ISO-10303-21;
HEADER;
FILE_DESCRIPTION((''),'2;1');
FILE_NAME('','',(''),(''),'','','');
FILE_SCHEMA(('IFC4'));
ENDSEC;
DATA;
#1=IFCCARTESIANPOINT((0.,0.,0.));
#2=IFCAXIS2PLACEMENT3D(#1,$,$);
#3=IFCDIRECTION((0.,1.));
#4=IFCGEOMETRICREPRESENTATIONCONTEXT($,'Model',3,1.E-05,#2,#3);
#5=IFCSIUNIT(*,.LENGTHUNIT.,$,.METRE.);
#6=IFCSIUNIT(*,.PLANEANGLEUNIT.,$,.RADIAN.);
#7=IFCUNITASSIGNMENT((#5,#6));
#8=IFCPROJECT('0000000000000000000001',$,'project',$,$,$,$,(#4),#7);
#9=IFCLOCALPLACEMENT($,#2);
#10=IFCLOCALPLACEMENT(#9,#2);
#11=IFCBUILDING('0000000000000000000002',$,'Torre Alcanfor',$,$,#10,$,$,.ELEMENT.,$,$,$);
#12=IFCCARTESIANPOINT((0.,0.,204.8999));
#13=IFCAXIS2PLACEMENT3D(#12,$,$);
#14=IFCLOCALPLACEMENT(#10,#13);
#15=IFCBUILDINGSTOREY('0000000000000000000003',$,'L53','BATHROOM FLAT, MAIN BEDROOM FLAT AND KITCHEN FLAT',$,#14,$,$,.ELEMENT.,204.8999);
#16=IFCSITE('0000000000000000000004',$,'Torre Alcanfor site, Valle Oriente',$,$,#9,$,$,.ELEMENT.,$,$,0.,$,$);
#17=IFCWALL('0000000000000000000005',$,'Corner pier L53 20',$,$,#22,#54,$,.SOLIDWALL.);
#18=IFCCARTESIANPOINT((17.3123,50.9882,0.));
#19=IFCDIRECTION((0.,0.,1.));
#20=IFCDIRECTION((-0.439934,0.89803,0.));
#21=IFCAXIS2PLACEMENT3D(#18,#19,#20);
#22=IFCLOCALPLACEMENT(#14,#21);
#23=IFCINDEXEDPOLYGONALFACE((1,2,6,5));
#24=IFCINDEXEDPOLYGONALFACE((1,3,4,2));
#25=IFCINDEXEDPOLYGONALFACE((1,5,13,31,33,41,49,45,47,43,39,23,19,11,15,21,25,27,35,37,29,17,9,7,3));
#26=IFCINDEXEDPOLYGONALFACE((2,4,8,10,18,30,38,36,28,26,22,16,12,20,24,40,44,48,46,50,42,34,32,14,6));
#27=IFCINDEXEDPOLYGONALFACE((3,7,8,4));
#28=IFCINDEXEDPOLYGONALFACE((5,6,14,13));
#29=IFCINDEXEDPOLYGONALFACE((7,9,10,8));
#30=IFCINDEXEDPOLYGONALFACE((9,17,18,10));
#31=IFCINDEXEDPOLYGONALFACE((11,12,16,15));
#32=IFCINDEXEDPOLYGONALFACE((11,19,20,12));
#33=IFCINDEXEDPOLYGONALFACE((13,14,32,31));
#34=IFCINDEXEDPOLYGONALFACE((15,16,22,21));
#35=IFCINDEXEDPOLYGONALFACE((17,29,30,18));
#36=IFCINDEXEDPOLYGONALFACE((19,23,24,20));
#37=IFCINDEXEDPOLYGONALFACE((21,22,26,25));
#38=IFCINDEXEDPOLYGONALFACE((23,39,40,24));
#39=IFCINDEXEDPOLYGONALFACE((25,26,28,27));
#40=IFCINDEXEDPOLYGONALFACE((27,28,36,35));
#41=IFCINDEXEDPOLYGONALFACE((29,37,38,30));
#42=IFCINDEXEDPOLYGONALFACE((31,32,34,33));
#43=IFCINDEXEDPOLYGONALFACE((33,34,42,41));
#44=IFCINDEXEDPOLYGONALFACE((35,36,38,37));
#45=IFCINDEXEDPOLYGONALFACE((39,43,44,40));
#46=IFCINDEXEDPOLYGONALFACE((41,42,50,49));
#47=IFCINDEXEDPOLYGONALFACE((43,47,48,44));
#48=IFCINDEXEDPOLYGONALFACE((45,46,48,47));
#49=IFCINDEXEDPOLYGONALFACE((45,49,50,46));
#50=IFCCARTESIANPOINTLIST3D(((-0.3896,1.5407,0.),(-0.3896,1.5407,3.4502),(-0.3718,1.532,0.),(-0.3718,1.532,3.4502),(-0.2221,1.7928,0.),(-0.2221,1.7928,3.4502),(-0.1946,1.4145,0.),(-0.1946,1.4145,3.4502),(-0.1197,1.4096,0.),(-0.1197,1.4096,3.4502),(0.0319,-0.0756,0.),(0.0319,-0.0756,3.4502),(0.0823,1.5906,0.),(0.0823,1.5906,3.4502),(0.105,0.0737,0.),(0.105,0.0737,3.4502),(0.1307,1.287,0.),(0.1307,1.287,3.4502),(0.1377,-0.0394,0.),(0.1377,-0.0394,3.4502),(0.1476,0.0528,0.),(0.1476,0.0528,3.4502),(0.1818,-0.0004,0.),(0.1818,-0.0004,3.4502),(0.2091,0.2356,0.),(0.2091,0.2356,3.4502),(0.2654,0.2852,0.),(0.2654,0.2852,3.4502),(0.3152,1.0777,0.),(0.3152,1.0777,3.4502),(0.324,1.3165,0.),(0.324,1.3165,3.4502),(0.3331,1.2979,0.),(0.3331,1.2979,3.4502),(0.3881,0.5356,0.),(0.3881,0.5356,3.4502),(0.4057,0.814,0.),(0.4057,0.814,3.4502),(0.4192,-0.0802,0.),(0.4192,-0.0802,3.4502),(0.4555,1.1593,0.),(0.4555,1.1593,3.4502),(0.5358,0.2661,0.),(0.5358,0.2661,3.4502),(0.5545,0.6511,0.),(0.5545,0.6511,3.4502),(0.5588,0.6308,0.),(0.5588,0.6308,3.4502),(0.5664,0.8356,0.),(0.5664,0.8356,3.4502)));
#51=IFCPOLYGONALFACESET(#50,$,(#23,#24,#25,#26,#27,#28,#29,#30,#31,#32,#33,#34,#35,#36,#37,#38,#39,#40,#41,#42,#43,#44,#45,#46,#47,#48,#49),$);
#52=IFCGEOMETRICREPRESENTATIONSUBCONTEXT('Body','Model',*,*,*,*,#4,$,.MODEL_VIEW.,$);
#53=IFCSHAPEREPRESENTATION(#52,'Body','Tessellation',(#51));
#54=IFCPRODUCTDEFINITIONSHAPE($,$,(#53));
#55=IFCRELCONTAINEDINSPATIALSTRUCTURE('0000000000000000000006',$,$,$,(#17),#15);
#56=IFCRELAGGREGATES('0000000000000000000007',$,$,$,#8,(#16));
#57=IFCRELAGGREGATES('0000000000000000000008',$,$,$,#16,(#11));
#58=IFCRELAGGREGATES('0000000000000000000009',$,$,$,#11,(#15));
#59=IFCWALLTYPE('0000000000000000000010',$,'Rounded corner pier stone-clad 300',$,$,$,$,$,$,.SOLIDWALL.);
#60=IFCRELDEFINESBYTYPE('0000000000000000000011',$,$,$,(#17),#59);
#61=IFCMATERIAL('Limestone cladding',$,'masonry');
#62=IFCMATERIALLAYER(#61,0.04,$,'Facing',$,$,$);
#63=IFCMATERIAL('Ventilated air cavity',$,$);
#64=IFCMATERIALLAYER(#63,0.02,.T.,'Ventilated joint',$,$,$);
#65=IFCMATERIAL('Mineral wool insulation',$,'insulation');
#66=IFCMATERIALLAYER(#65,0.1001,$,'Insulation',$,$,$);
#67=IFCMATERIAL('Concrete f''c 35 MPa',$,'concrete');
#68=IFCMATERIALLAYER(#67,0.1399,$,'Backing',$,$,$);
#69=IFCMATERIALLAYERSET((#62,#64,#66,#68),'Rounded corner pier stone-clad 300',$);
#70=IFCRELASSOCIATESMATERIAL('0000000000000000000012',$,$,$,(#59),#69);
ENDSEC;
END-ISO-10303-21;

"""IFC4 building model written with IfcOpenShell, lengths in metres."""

from ifc_helpers import new_model, si_unit, direction, frame, origin, place, context, subcontext, project, spatial, polyline, outline, extrude, material, layer, layer_set, type_object, element, save


model = new_model("IFC4")

# Units and contexts
model_context = context("Model", 3, precision=1e-05, world=origin(), true_north=direction((0.0, 1.0)))
body_context = subcontext(model_context, "Body", "Model", "MODEL_VIEW")
ifc_project = project(units=[si_unit("LENGTHUNIT", "METRE"), si_unit("PLANEANGLEUNIT", "RADIAN")], contexts=[model_context])

# Site, building, storey
site_placement = place(None, origin())
site = spatial("IfcSite", under=ifc_project, at=site_placement, Name="Torre Alcanfor site, Valle Oriente", CompositionType="ELEMENT", RefElevation=0.0)
building_placement = place(site_placement, origin())
building = spatial("IfcBuilding", under=site, at=building_placement, Name="Torre Alcanfor", CompositionType="ELEMENT")
storey_placement = place(building_placement, frame((0.0, 0.0, 204.8999)))
storey = spatial("IfcBuildingStorey", under=building, at=storey_placement, Name="L53", Description="BATHROOM FLAT, MAIN BEDROOM FLAT AND KITCHEN FLAT", CompositionType="ELEMENT", Elevation=204.8999)

# Shared definitions
ifc_material_1 = material(Name="Limestone cladding", Category="masonry")
ifc_material_2 = material(Name="Ventilated air cavity")
ifc_material_3 = material(Name="Mineral wool insulation", Category="insulation")
ifc_material_4 = material(Name="Concrete f'c 35 MPa", Category="concrete")

# Wall
ifc_layer_1 = layer(ifc_material_1, 0.04, Name="Facing")
ifc_layer_2 = layer(ifc_material_2, 0.02, ventilated=True, Name="Ventilated joint")
ifc_layer_3 = layer(ifc_material_3, 0.1001, Name="Insulation")
ifc_layer_4 = layer(ifc_material_4, 0.1399, Name="Backing")
ifc_layer_set_1 = layer_set([ifc_layer_1, ifc_layer_2, ifc_layer_3, ifc_layer_4], Name="Rounded corner pier stone-clad 300")
wall_type_1 = type_object("IfcWallType", Name="Rounded corner pier stone-clad 300", PredefinedType="SOLIDWALL", material=ifc_layer_set_1)
wall_1_placement = place(storey_placement, frame((17.3123, 50.9882, 0.0), z_axis=(0.0, 0.0, 1.0), x_axis=(-0.439934, 0.89803, 0.0)))
element("IfcWall", 1, at=wall_1_placement, inside=storey, type_object=wall_type_1, Name="Corner pier L53 20", PredefinedType="SOLIDWALL", context=body_context, shape_type="SweptSolid", body=[
    extrude(outline(polyline([(0.1377, -0.0394), (0.1818, -0.0004), (0.4192, -0.0802), (0.5358, 0.2661), (0.5588, 0.6308), (0.5545, 0.6511), (0.5664, 0.8356), (0.4555, 1.1593), (0.3331, 1.2979), (0.324, 1.3165), (0.0823, 1.5906), (-0.2221, 1.7928), (-0.3896, 1.5407), (-0.3718, 1.532), (-0.1946, 1.4145), (-0.1197, 1.4096), (0.1307, 1.287), (0.3152, 1.0777), (0.4057, 0.814), (0.3881, 0.5356), (0.2654, 0.2852), (0.2091, 0.2356), (0.1476, 0.0528), (0.105, 0.0737), (0.0319, -0.0756), (0.1377, -0.0394)])), origin(), (0.0, 0.0, 1.0), 3.4502),
])

save(model, "model.ifc")
